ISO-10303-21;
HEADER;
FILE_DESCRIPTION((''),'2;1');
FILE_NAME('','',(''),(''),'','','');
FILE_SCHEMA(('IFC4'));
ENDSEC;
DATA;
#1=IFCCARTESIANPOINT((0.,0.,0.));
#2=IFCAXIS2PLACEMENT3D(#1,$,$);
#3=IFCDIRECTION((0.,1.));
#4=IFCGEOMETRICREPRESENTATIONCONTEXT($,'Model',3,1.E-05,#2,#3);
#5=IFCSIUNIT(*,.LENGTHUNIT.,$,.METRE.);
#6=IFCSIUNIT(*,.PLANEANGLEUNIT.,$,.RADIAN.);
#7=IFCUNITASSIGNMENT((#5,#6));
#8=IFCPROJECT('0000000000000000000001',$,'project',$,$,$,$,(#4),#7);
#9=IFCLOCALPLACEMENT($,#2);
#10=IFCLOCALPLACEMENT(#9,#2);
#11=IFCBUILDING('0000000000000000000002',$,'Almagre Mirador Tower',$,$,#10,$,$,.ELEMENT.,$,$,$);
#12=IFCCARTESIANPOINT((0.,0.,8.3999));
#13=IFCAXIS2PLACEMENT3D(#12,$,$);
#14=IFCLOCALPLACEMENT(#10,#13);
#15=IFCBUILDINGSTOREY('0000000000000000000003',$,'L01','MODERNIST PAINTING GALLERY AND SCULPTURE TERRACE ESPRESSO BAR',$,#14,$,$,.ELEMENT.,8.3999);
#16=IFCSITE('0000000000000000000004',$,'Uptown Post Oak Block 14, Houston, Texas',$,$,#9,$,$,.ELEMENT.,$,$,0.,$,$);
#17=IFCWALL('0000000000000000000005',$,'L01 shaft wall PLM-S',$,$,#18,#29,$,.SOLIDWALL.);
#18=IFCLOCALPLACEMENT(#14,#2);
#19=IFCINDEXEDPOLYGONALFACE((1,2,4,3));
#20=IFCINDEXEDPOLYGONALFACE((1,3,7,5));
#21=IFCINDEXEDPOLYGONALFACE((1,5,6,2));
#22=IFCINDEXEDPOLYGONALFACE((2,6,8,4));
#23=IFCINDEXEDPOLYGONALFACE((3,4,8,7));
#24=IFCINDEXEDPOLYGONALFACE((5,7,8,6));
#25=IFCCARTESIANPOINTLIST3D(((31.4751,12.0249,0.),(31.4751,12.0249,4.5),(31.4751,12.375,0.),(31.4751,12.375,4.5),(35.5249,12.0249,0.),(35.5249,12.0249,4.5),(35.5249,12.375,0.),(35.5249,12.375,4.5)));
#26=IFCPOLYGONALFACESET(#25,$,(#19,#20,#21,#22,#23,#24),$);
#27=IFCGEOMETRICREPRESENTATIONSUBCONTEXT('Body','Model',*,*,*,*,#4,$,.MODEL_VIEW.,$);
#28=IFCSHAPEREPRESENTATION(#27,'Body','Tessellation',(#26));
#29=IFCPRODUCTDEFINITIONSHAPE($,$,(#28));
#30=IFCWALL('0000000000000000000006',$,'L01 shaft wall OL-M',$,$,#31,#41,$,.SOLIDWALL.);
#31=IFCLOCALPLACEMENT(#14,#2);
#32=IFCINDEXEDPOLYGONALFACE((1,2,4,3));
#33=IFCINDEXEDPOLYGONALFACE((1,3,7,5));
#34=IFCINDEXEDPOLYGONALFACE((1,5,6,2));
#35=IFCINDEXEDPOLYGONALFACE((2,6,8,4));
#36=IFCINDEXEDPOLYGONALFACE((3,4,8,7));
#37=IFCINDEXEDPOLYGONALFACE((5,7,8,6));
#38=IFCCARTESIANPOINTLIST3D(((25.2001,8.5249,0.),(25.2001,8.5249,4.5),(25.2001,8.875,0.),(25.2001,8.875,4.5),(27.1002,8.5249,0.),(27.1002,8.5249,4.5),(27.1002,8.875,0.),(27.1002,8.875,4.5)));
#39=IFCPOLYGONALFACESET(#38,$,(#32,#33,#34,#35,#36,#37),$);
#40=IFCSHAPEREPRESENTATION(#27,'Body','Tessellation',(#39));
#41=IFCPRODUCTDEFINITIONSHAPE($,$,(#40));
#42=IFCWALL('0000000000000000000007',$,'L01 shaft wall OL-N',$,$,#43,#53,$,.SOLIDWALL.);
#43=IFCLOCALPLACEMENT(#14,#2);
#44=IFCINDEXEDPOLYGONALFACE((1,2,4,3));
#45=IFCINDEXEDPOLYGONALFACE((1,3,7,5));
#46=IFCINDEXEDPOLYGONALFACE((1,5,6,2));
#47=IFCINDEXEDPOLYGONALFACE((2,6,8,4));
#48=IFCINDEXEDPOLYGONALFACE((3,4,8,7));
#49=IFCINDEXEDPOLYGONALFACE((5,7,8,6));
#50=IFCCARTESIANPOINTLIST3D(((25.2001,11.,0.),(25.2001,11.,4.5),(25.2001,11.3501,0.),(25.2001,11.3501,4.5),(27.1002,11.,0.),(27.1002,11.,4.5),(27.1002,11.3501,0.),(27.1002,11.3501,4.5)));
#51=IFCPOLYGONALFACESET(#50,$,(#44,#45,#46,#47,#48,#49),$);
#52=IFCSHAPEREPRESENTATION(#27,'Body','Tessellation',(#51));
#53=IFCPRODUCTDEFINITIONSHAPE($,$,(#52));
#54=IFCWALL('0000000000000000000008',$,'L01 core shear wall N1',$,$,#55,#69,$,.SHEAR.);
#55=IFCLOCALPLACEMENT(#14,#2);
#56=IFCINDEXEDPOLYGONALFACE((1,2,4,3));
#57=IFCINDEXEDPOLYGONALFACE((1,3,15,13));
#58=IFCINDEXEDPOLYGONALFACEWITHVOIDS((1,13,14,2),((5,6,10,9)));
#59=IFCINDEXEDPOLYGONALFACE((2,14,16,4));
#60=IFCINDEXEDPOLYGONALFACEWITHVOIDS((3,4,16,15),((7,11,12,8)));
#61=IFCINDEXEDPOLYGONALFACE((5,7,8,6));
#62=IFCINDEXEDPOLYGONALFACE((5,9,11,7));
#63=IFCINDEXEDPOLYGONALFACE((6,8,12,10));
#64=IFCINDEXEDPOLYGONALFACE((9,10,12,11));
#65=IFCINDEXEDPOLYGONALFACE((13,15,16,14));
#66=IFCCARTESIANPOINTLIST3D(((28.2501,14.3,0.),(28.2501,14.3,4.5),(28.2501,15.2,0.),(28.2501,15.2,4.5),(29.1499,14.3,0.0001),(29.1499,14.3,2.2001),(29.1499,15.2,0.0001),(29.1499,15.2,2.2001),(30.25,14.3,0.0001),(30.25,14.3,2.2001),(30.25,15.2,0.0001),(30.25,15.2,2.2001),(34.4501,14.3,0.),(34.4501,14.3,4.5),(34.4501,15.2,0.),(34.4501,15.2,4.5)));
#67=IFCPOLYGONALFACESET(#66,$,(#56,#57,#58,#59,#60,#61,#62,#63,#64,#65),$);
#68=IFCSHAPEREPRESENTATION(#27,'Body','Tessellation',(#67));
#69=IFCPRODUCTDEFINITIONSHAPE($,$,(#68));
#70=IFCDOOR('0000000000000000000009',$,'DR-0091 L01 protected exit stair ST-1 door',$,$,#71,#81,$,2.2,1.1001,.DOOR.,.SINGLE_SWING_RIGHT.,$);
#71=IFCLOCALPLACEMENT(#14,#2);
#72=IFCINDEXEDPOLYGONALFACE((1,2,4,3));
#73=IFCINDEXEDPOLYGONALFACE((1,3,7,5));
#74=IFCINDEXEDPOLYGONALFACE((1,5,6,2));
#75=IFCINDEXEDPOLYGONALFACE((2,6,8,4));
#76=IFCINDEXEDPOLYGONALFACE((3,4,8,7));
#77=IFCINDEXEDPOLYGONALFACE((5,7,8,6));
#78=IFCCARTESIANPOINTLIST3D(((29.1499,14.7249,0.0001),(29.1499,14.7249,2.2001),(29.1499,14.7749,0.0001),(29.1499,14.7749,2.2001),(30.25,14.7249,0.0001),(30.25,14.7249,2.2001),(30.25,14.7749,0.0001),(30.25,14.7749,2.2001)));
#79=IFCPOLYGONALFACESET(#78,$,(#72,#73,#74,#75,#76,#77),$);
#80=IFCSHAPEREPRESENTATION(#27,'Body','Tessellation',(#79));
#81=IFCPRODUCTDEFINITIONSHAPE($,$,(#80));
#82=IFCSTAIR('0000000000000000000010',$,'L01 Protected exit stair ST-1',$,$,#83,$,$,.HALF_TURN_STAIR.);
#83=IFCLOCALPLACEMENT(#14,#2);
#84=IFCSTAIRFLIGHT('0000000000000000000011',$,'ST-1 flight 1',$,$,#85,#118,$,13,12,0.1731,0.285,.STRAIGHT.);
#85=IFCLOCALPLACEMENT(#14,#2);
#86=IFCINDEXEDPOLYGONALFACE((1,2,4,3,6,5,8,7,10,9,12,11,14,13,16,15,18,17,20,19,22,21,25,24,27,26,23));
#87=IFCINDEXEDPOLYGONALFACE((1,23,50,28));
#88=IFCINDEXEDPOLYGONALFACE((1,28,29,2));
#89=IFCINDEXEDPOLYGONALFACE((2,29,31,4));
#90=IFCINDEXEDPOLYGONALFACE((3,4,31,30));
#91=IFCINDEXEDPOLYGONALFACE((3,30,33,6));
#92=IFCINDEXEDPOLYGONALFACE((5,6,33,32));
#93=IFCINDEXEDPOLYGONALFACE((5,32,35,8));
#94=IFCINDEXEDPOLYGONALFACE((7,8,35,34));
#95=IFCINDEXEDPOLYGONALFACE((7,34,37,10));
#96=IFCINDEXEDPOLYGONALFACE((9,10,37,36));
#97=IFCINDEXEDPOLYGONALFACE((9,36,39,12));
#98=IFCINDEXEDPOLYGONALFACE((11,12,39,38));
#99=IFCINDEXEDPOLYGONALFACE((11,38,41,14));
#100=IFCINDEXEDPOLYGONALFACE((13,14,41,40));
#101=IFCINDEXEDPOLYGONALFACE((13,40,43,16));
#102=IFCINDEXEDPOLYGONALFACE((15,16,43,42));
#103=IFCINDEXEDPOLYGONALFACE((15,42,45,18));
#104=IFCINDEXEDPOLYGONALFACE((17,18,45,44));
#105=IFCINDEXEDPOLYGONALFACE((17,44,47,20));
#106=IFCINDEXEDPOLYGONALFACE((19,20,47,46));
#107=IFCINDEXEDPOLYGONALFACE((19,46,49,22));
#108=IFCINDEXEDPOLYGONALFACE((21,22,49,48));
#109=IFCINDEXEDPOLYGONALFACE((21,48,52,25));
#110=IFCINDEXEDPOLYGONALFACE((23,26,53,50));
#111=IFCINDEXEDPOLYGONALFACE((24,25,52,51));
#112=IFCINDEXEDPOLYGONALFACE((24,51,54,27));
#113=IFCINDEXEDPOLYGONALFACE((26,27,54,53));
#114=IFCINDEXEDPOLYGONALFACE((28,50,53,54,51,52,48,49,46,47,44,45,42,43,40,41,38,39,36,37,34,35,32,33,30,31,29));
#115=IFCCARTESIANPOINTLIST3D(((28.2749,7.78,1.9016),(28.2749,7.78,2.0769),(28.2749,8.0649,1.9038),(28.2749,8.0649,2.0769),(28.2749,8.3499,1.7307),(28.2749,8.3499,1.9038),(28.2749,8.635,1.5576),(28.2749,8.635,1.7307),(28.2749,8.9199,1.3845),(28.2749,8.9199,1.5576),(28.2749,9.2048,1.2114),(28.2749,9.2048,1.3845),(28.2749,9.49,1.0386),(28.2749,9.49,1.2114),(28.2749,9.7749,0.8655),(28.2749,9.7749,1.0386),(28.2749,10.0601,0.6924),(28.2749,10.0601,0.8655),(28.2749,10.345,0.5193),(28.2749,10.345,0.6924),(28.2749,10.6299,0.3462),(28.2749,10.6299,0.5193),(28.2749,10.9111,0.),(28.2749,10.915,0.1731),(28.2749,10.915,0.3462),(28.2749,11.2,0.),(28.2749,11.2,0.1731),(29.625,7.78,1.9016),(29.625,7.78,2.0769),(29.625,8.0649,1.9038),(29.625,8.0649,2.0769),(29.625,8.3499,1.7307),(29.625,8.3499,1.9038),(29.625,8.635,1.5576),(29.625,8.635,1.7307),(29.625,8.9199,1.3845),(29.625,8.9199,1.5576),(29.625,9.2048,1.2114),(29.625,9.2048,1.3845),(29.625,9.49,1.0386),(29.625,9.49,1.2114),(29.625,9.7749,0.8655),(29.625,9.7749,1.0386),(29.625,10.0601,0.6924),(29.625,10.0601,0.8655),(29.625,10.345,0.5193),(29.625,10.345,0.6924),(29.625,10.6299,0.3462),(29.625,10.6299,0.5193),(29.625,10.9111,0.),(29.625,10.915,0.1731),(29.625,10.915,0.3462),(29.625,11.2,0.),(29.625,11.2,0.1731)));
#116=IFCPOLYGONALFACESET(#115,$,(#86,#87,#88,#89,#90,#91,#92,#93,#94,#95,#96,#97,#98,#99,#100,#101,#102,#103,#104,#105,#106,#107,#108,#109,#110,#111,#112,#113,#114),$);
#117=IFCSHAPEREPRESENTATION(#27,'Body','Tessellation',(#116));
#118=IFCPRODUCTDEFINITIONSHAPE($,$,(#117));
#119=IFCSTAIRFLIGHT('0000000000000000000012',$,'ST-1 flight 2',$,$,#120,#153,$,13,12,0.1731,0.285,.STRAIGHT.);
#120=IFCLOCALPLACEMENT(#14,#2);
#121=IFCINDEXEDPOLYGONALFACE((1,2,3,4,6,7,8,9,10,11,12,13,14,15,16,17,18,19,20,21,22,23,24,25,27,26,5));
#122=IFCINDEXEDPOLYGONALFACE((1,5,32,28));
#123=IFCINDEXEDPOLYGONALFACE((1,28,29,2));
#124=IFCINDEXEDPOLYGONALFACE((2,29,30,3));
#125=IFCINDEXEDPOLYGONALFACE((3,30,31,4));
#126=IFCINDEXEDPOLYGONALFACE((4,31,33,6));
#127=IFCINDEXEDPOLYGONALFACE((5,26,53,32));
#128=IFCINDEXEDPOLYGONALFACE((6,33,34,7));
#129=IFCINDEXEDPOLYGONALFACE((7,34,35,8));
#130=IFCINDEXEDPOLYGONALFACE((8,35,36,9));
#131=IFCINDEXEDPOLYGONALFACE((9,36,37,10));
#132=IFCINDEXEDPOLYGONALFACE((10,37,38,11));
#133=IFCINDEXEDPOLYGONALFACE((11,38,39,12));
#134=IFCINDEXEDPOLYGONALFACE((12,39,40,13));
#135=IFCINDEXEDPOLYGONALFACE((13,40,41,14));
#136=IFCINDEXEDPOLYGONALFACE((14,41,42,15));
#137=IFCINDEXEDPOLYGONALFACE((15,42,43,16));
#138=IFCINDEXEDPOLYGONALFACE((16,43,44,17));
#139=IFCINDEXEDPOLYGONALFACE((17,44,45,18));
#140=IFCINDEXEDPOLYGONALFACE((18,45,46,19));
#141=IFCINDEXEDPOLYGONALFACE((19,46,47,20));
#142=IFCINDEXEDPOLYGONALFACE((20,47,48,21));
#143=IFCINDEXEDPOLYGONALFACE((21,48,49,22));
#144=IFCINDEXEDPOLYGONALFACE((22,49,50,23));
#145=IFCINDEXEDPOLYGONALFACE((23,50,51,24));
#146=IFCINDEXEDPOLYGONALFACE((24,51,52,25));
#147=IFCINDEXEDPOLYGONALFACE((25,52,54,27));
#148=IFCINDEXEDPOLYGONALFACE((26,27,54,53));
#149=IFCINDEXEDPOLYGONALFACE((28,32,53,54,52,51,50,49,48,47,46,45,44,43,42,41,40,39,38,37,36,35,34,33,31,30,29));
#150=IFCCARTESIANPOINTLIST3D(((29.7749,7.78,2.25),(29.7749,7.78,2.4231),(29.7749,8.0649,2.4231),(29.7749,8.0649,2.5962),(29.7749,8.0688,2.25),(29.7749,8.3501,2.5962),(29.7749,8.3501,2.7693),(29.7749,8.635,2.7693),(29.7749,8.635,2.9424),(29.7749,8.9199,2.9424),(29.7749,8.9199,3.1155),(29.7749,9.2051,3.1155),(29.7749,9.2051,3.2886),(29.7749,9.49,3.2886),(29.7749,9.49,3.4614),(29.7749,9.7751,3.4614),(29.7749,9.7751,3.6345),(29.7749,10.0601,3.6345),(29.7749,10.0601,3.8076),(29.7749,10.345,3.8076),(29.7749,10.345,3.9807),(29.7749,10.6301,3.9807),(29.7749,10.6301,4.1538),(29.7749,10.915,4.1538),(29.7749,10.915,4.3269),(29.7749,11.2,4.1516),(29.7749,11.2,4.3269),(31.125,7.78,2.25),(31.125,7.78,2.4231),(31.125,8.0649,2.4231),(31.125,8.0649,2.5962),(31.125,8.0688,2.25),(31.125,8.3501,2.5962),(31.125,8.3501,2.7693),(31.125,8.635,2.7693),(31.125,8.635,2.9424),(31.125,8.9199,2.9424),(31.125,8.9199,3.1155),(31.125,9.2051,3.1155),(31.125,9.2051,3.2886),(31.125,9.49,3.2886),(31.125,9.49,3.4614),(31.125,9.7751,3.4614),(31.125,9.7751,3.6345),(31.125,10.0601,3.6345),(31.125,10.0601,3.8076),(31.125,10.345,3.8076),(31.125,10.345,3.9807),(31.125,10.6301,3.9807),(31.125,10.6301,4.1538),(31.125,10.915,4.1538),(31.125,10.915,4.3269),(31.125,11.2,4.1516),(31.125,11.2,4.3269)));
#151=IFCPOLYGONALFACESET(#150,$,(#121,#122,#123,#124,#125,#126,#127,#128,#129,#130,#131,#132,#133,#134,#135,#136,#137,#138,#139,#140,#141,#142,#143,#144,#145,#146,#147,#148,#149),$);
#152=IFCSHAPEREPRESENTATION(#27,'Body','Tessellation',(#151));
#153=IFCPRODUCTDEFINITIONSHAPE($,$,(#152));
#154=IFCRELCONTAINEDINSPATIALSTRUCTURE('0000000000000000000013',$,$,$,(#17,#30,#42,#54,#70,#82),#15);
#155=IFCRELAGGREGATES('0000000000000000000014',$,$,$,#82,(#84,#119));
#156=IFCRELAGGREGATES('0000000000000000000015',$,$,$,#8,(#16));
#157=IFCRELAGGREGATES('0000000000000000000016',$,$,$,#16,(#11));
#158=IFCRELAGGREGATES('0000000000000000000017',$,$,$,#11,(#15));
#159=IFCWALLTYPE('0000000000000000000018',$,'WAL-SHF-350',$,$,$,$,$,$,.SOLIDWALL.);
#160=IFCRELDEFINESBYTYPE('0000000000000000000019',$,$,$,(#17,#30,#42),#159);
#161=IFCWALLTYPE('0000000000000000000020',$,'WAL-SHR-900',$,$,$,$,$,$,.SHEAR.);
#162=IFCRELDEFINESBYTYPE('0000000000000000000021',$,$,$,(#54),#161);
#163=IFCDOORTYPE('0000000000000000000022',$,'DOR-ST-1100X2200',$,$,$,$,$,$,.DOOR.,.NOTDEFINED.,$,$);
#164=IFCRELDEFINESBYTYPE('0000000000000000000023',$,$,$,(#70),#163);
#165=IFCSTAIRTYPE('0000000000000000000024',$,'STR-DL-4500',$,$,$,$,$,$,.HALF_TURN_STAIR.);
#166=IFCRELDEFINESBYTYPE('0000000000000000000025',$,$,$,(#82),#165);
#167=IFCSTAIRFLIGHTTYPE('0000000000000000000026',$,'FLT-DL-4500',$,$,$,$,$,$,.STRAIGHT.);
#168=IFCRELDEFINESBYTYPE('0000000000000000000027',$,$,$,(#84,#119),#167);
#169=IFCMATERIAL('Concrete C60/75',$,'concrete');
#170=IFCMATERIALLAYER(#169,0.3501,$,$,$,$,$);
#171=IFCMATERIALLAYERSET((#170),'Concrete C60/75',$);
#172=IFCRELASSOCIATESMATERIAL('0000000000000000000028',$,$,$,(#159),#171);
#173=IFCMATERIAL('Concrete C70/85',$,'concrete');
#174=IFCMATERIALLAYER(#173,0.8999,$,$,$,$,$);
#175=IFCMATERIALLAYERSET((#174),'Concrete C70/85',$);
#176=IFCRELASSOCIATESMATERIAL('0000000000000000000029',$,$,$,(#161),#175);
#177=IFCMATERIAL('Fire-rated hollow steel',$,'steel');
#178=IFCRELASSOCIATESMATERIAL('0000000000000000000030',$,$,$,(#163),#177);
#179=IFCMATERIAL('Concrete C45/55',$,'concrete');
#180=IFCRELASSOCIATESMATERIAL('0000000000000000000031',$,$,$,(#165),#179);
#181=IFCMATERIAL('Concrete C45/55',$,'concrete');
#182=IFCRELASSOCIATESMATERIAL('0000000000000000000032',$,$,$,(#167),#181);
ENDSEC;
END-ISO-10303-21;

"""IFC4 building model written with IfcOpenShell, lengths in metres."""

from ifc_helpers import new_model, si_unit, direction, frame, frame_2d, origin, place, context, subcontext, project, spatial, polyline, rectangle, outline, extrude, material, layer, layer_set, type_object, element, fill, aggregate, save


model = new_model("IFC4")

# Units and contexts
model_context = context("Model", 3, precision=1e-05, world=origin(), true_north=direction((0.0, 1.0)))
body_context = subcontext(model_context, "Body", "Model", "MODEL_VIEW")
ifc_project = project(units=[si_unit("LENGTHUNIT", "METRE"), si_unit("PLANEANGLEUNIT", "RADIAN")], contexts=[model_context])

# Site, building, storey
site_placement = place(None, origin())
site = spatial("IfcSite", under=ifc_project, at=site_placement, Name="Uptown Post Oak Block 14, Houston, Texas", CompositionType="ELEMENT", RefElevation=0.0)
building_placement = place(site_placement, origin())
building = spatial("IfcBuilding", under=site, at=building_placement, Name="Almagre Mirador Tower", CompositionType="ELEMENT")
storey_placement = place(building_placement, frame((0.0, 0.0, 8.3999)))
storey = spatial("IfcBuildingStorey", under=building, at=storey_placement, Name="L01", Description="MODERNIST PAINTING GALLERY AND SCULPTURE TERRACE ESPRESSO BAR", CompositionType="ELEMENT", Elevation=8.3999)

# Shared definitions
ifc_material_1 = material(Name="Concrete C60/75", Category="concrete")
ifc_layer_1 = layer(ifc_material_1, 0.3501)
ifc_layer_set_1 = layer_set([ifc_layer_1], Name="Concrete C60/75")
wall_type_1 = type_object("IfcWallType", Name="WAL-SHF-350", PredefinedType="SOLIDWALL", material=ifc_layer_set_1)

# Walls
wall_1_placement = place(storey_placement, frame((31.4751, 12.2, 0.0), z_axis=(0.0, 0.0, 1.0), x_axis=(1.0, 0.0, 0.0)))
element("IfcWall", 1, at=wall_1_placement, inside=storey, type_object=wall_type_1, Name="L01 shaft wall PLM-S", PredefinedType="SOLIDWALL", context=body_context, shape_type="SweptSolid", body=[
    extrude(rectangle(XDim=4.0498, YDim=0.3501, at=frame_2d((2.0249, 0.0))), origin(), (0.0, 0.0, 1.0), 4.5),
])
for number, where, z_axis, x_axis, name in (
    (2, (25.2, 8.7, 0.0), (0.0, 0.0, 1.0), (1.0, 0.0, 0.0), "L01 shaft wall OL-M"),
    (3, (25.2, 11.175, 0.0), (0.0, 0.0, 1.0), (1.0, 0.0, 0.0), "L01 shaft wall OL-N"),
):
    element("IfcWall", number, at=place(storey_placement, frame(where, z_axis=z_axis, x_axis=x_axis)), inside=storey, type_object=wall_type_1, Name=name, PredefinedType="SOLIDWALL", context=body_context, shape_type="SweptSolid", body=[
        extrude(rectangle(XDim=1.9001, YDim=0.3501, at=frame_2d((0.9502, 0.0))), origin(), (0.0, 0.0, 1.0), 4.5),
    ])

# Wall, opening, door
ifc_material_2 = material(Name="Concrete C70/85", Category="concrete")
ifc_layer_2 = layer(ifc_material_2, 0.8999)
ifc_layer_set_2 = layer_set([ifc_layer_2], Name="Concrete C70/85")
wall_type_2 = type_object("IfcWallType", Name="WAL-SHR-900", PredefinedType="SHEAR", material=ifc_layer_set_2)
wall_2_placement = place(storey_placement, frame((28.25, 14.75, 0.0), z_axis=(0.0, 0.0, 1.0), x_axis=(1.0, 0.0, 0.0)))
wall_2 = element("IfcWall", 4, at=wall_2_placement, inside=storey, type_object=wall_type_2, Name="L01 core shear wall N1", PredefinedType="SHEAR", context=body_context, shape_type="SweptSolid", body=[
    extrude(rectangle(XDim=6.2, YDim=0.8999, at=frame_2d((3.1001, 0.0))), origin(), (0.0, 0.0, 1.0), 4.5),
])
opening_1_placement = place(wall_2_placement, frame((0.8999, 0.0, 0.0)))
opening_1 = element("IfcOpeningElement", 5, at=opening_1_placement, cuts=wall_2, PredefinedType="OPENING", context=body_context, shape_type="SweptSolid", body=[
    extrude(rectangle(XDim=1.1001, YDim=2.2, at=frame_2d((0.55, 1.1001))), frame((0.0, 0.46, 0.0), z_axis=(0.0, -1.0, 0.0), x_axis=(1.0, 0.0, 0.0)), (0.0, 0.0, 1.0), 0.9199),
])
ifc_material_3 = material(Name="Fire-rated hollow steel", Category="steel")
door_type_1 = type_object("IfcDoorType", Name="DOR-ST-1100X2200", OperationType="NOTDEFINED", PredefinedType="DOOR", material=ifc_material_3)
door_1_placement = place(opening_1_placement, origin())
door_1 = element("IfcDoor", 6, at=door_1_placement, inside=storey, type_object=door_type_1, Name="DR-0091 L01 protected exit stair ST-1 door", OperationType="SINGLE_SWING_RIGHT", OverallHeight=2.2, OverallWidth=1.1001, PredefinedType="DOOR", context=body_context, shape_type="SweptSolid", body=[
    extrude(rectangle(XDim=1.1001, YDim=2.2, at=frame_2d((0.55, 1.1001))), frame((0.0, 0.0249, 0.0), z_axis=(0.0, -1.0, 0.0), x_axis=(1.0, 0.0, 0.0)), (0.0, 0.0, 1.0), 0.05),
])
fill(opening_1, door_1)

# Stair, stair flights
ifc_material_4 = material(Name="Concrete C45/55", Category="concrete")
stair_type = type_object("IfcStairType", Name="STR-DL-4500", PredefinedType="HALF_TURN_STAIR", material=ifc_material_4)
stair_placement = place(storey_placement, origin())
stair = element("IfcStair", 7, at=stair_placement, inside=storey, type_object=stair_type, Name="L01 Protected exit stair ST-1", PredefinedType="HALF_TURN_STAIR")
ifc_material_5 = material(Name="Concrete C45/55", Category="concrete")
stair_flight_type = type_object("IfcStairFlightType", Name="FLT-DL-4500", PredefinedType="STRAIGHT", material=ifc_material_5)
stair_flight_1_placement = place(storey_placement, frame((28.95, 11.2, 0.0), z_axis=(0.0, 0.0, 1.0), x_axis=(0.0, -1.0, 0.0)))
stair_flight_1 = element("IfcStairFlight", 8, at=stair_flight_1_placement, type_object=stair_flight_type, Name="ST-1 flight 1", NumberOfRisers=13, NumberOfTreads=12, PredefinedType="STRAIGHT", RiserHeight=0.1731, TreadLength=0.285, context=body_context, shape_type="SweptSolid", body=[
    extrude(outline(polyline([(0.0, 0.0), (0.0, 0.1731), (0.2849, 0.1731), (0.2849, 0.3462), (0.5701, 0.3462), (0.5701, 0.5193), (0.855, 0.5193), (0.855, 0.6924), (1.1399, 0.6924), (1.1399, 0.8655), (1.425, 0.8655), (1.425, 1.0386), (1.71, 1.0386), (1.71, 1.2114), (1.9951, 1.2114), (1.9951, 1.3845), (2.28, 1.3845), (2.28, 1.5576), (2.5649, 1.5576), (2.5649, 1.7307), (2.8501, 1.7307), (2.8501, 1.9038), (3.135, 1.9038), (3.135, 2.0769), (3.4199, 2.0769), (3.4199, 2.25), (3.4199, 1.9016), (0.2888, 0.0), (0.0, 0.0)])), frame((0.0, 0.675, 0.0), z_axis=(0.0, -1.0, 0.0), x_axis=(1.0, 0.0, 0.0)), (0.0, 0.0, 1.0), 1.3501),
])
stair_flight_2_placement = place(storey_placement, frame((30.45, 7.78, 2.25), z_axis=(0.0, 0.0, 1.0), x_axis=(0.0, 1.0, 0.0)))
stair_flight_2 = element("IfcStairFlight", 9, at=stair_flight_2_placement, type_object=stair_flight_type, Name="ST-1 flight 2", NumberOfRisers=13, NumberOfTreads=12, PredefinedType="STRAIGHT", RiserHeight=0.1731, TreadLength=0.285, context=body_context, shape_type="SweptSolid", body=[
    extrude(outline(polyline([(0.0, 0.0), (0.0, 0.1731), (0.2849, 0.1731), (0.2849, 0.3462), (0.5701, 0.3462), (0.5701, 0.5193), (0.855, 0.5193), (0.855, 0.6924), (1.1399, 0.6924), (1.1399, 0.8655), (1.425, 0.8655), (1.425, 1.0386), (1.71, 1.0386), (1.71, 1.2114), (1.9951, 1.2114), (1.9951, 1.3845), (2.28, 1.3845), (2.28, 1.5576), (2.5649, 1.5576), (2.5649, 1.7307), (2.8501, 1.7307), (2.8501, 1.9038), (3.135, 1.9038), (3.135, 2.0769), (3.4199, 2.0769), (3.4199, 2.25), (3.4199, 1.9016), (0.2888, 0.0), (0.0, 0.0)])), frame((0.0, 0.675, 0.0), z_axis=(0.0, -1.0, 0.0), x_axis=(1.0, 0.0, 0.0)), (0.0, 0.0, 1.0), 1.3501),
])
aggregate(stair, [stair_flight_1, stair_flight_2])

save(model, "model.ifc")
